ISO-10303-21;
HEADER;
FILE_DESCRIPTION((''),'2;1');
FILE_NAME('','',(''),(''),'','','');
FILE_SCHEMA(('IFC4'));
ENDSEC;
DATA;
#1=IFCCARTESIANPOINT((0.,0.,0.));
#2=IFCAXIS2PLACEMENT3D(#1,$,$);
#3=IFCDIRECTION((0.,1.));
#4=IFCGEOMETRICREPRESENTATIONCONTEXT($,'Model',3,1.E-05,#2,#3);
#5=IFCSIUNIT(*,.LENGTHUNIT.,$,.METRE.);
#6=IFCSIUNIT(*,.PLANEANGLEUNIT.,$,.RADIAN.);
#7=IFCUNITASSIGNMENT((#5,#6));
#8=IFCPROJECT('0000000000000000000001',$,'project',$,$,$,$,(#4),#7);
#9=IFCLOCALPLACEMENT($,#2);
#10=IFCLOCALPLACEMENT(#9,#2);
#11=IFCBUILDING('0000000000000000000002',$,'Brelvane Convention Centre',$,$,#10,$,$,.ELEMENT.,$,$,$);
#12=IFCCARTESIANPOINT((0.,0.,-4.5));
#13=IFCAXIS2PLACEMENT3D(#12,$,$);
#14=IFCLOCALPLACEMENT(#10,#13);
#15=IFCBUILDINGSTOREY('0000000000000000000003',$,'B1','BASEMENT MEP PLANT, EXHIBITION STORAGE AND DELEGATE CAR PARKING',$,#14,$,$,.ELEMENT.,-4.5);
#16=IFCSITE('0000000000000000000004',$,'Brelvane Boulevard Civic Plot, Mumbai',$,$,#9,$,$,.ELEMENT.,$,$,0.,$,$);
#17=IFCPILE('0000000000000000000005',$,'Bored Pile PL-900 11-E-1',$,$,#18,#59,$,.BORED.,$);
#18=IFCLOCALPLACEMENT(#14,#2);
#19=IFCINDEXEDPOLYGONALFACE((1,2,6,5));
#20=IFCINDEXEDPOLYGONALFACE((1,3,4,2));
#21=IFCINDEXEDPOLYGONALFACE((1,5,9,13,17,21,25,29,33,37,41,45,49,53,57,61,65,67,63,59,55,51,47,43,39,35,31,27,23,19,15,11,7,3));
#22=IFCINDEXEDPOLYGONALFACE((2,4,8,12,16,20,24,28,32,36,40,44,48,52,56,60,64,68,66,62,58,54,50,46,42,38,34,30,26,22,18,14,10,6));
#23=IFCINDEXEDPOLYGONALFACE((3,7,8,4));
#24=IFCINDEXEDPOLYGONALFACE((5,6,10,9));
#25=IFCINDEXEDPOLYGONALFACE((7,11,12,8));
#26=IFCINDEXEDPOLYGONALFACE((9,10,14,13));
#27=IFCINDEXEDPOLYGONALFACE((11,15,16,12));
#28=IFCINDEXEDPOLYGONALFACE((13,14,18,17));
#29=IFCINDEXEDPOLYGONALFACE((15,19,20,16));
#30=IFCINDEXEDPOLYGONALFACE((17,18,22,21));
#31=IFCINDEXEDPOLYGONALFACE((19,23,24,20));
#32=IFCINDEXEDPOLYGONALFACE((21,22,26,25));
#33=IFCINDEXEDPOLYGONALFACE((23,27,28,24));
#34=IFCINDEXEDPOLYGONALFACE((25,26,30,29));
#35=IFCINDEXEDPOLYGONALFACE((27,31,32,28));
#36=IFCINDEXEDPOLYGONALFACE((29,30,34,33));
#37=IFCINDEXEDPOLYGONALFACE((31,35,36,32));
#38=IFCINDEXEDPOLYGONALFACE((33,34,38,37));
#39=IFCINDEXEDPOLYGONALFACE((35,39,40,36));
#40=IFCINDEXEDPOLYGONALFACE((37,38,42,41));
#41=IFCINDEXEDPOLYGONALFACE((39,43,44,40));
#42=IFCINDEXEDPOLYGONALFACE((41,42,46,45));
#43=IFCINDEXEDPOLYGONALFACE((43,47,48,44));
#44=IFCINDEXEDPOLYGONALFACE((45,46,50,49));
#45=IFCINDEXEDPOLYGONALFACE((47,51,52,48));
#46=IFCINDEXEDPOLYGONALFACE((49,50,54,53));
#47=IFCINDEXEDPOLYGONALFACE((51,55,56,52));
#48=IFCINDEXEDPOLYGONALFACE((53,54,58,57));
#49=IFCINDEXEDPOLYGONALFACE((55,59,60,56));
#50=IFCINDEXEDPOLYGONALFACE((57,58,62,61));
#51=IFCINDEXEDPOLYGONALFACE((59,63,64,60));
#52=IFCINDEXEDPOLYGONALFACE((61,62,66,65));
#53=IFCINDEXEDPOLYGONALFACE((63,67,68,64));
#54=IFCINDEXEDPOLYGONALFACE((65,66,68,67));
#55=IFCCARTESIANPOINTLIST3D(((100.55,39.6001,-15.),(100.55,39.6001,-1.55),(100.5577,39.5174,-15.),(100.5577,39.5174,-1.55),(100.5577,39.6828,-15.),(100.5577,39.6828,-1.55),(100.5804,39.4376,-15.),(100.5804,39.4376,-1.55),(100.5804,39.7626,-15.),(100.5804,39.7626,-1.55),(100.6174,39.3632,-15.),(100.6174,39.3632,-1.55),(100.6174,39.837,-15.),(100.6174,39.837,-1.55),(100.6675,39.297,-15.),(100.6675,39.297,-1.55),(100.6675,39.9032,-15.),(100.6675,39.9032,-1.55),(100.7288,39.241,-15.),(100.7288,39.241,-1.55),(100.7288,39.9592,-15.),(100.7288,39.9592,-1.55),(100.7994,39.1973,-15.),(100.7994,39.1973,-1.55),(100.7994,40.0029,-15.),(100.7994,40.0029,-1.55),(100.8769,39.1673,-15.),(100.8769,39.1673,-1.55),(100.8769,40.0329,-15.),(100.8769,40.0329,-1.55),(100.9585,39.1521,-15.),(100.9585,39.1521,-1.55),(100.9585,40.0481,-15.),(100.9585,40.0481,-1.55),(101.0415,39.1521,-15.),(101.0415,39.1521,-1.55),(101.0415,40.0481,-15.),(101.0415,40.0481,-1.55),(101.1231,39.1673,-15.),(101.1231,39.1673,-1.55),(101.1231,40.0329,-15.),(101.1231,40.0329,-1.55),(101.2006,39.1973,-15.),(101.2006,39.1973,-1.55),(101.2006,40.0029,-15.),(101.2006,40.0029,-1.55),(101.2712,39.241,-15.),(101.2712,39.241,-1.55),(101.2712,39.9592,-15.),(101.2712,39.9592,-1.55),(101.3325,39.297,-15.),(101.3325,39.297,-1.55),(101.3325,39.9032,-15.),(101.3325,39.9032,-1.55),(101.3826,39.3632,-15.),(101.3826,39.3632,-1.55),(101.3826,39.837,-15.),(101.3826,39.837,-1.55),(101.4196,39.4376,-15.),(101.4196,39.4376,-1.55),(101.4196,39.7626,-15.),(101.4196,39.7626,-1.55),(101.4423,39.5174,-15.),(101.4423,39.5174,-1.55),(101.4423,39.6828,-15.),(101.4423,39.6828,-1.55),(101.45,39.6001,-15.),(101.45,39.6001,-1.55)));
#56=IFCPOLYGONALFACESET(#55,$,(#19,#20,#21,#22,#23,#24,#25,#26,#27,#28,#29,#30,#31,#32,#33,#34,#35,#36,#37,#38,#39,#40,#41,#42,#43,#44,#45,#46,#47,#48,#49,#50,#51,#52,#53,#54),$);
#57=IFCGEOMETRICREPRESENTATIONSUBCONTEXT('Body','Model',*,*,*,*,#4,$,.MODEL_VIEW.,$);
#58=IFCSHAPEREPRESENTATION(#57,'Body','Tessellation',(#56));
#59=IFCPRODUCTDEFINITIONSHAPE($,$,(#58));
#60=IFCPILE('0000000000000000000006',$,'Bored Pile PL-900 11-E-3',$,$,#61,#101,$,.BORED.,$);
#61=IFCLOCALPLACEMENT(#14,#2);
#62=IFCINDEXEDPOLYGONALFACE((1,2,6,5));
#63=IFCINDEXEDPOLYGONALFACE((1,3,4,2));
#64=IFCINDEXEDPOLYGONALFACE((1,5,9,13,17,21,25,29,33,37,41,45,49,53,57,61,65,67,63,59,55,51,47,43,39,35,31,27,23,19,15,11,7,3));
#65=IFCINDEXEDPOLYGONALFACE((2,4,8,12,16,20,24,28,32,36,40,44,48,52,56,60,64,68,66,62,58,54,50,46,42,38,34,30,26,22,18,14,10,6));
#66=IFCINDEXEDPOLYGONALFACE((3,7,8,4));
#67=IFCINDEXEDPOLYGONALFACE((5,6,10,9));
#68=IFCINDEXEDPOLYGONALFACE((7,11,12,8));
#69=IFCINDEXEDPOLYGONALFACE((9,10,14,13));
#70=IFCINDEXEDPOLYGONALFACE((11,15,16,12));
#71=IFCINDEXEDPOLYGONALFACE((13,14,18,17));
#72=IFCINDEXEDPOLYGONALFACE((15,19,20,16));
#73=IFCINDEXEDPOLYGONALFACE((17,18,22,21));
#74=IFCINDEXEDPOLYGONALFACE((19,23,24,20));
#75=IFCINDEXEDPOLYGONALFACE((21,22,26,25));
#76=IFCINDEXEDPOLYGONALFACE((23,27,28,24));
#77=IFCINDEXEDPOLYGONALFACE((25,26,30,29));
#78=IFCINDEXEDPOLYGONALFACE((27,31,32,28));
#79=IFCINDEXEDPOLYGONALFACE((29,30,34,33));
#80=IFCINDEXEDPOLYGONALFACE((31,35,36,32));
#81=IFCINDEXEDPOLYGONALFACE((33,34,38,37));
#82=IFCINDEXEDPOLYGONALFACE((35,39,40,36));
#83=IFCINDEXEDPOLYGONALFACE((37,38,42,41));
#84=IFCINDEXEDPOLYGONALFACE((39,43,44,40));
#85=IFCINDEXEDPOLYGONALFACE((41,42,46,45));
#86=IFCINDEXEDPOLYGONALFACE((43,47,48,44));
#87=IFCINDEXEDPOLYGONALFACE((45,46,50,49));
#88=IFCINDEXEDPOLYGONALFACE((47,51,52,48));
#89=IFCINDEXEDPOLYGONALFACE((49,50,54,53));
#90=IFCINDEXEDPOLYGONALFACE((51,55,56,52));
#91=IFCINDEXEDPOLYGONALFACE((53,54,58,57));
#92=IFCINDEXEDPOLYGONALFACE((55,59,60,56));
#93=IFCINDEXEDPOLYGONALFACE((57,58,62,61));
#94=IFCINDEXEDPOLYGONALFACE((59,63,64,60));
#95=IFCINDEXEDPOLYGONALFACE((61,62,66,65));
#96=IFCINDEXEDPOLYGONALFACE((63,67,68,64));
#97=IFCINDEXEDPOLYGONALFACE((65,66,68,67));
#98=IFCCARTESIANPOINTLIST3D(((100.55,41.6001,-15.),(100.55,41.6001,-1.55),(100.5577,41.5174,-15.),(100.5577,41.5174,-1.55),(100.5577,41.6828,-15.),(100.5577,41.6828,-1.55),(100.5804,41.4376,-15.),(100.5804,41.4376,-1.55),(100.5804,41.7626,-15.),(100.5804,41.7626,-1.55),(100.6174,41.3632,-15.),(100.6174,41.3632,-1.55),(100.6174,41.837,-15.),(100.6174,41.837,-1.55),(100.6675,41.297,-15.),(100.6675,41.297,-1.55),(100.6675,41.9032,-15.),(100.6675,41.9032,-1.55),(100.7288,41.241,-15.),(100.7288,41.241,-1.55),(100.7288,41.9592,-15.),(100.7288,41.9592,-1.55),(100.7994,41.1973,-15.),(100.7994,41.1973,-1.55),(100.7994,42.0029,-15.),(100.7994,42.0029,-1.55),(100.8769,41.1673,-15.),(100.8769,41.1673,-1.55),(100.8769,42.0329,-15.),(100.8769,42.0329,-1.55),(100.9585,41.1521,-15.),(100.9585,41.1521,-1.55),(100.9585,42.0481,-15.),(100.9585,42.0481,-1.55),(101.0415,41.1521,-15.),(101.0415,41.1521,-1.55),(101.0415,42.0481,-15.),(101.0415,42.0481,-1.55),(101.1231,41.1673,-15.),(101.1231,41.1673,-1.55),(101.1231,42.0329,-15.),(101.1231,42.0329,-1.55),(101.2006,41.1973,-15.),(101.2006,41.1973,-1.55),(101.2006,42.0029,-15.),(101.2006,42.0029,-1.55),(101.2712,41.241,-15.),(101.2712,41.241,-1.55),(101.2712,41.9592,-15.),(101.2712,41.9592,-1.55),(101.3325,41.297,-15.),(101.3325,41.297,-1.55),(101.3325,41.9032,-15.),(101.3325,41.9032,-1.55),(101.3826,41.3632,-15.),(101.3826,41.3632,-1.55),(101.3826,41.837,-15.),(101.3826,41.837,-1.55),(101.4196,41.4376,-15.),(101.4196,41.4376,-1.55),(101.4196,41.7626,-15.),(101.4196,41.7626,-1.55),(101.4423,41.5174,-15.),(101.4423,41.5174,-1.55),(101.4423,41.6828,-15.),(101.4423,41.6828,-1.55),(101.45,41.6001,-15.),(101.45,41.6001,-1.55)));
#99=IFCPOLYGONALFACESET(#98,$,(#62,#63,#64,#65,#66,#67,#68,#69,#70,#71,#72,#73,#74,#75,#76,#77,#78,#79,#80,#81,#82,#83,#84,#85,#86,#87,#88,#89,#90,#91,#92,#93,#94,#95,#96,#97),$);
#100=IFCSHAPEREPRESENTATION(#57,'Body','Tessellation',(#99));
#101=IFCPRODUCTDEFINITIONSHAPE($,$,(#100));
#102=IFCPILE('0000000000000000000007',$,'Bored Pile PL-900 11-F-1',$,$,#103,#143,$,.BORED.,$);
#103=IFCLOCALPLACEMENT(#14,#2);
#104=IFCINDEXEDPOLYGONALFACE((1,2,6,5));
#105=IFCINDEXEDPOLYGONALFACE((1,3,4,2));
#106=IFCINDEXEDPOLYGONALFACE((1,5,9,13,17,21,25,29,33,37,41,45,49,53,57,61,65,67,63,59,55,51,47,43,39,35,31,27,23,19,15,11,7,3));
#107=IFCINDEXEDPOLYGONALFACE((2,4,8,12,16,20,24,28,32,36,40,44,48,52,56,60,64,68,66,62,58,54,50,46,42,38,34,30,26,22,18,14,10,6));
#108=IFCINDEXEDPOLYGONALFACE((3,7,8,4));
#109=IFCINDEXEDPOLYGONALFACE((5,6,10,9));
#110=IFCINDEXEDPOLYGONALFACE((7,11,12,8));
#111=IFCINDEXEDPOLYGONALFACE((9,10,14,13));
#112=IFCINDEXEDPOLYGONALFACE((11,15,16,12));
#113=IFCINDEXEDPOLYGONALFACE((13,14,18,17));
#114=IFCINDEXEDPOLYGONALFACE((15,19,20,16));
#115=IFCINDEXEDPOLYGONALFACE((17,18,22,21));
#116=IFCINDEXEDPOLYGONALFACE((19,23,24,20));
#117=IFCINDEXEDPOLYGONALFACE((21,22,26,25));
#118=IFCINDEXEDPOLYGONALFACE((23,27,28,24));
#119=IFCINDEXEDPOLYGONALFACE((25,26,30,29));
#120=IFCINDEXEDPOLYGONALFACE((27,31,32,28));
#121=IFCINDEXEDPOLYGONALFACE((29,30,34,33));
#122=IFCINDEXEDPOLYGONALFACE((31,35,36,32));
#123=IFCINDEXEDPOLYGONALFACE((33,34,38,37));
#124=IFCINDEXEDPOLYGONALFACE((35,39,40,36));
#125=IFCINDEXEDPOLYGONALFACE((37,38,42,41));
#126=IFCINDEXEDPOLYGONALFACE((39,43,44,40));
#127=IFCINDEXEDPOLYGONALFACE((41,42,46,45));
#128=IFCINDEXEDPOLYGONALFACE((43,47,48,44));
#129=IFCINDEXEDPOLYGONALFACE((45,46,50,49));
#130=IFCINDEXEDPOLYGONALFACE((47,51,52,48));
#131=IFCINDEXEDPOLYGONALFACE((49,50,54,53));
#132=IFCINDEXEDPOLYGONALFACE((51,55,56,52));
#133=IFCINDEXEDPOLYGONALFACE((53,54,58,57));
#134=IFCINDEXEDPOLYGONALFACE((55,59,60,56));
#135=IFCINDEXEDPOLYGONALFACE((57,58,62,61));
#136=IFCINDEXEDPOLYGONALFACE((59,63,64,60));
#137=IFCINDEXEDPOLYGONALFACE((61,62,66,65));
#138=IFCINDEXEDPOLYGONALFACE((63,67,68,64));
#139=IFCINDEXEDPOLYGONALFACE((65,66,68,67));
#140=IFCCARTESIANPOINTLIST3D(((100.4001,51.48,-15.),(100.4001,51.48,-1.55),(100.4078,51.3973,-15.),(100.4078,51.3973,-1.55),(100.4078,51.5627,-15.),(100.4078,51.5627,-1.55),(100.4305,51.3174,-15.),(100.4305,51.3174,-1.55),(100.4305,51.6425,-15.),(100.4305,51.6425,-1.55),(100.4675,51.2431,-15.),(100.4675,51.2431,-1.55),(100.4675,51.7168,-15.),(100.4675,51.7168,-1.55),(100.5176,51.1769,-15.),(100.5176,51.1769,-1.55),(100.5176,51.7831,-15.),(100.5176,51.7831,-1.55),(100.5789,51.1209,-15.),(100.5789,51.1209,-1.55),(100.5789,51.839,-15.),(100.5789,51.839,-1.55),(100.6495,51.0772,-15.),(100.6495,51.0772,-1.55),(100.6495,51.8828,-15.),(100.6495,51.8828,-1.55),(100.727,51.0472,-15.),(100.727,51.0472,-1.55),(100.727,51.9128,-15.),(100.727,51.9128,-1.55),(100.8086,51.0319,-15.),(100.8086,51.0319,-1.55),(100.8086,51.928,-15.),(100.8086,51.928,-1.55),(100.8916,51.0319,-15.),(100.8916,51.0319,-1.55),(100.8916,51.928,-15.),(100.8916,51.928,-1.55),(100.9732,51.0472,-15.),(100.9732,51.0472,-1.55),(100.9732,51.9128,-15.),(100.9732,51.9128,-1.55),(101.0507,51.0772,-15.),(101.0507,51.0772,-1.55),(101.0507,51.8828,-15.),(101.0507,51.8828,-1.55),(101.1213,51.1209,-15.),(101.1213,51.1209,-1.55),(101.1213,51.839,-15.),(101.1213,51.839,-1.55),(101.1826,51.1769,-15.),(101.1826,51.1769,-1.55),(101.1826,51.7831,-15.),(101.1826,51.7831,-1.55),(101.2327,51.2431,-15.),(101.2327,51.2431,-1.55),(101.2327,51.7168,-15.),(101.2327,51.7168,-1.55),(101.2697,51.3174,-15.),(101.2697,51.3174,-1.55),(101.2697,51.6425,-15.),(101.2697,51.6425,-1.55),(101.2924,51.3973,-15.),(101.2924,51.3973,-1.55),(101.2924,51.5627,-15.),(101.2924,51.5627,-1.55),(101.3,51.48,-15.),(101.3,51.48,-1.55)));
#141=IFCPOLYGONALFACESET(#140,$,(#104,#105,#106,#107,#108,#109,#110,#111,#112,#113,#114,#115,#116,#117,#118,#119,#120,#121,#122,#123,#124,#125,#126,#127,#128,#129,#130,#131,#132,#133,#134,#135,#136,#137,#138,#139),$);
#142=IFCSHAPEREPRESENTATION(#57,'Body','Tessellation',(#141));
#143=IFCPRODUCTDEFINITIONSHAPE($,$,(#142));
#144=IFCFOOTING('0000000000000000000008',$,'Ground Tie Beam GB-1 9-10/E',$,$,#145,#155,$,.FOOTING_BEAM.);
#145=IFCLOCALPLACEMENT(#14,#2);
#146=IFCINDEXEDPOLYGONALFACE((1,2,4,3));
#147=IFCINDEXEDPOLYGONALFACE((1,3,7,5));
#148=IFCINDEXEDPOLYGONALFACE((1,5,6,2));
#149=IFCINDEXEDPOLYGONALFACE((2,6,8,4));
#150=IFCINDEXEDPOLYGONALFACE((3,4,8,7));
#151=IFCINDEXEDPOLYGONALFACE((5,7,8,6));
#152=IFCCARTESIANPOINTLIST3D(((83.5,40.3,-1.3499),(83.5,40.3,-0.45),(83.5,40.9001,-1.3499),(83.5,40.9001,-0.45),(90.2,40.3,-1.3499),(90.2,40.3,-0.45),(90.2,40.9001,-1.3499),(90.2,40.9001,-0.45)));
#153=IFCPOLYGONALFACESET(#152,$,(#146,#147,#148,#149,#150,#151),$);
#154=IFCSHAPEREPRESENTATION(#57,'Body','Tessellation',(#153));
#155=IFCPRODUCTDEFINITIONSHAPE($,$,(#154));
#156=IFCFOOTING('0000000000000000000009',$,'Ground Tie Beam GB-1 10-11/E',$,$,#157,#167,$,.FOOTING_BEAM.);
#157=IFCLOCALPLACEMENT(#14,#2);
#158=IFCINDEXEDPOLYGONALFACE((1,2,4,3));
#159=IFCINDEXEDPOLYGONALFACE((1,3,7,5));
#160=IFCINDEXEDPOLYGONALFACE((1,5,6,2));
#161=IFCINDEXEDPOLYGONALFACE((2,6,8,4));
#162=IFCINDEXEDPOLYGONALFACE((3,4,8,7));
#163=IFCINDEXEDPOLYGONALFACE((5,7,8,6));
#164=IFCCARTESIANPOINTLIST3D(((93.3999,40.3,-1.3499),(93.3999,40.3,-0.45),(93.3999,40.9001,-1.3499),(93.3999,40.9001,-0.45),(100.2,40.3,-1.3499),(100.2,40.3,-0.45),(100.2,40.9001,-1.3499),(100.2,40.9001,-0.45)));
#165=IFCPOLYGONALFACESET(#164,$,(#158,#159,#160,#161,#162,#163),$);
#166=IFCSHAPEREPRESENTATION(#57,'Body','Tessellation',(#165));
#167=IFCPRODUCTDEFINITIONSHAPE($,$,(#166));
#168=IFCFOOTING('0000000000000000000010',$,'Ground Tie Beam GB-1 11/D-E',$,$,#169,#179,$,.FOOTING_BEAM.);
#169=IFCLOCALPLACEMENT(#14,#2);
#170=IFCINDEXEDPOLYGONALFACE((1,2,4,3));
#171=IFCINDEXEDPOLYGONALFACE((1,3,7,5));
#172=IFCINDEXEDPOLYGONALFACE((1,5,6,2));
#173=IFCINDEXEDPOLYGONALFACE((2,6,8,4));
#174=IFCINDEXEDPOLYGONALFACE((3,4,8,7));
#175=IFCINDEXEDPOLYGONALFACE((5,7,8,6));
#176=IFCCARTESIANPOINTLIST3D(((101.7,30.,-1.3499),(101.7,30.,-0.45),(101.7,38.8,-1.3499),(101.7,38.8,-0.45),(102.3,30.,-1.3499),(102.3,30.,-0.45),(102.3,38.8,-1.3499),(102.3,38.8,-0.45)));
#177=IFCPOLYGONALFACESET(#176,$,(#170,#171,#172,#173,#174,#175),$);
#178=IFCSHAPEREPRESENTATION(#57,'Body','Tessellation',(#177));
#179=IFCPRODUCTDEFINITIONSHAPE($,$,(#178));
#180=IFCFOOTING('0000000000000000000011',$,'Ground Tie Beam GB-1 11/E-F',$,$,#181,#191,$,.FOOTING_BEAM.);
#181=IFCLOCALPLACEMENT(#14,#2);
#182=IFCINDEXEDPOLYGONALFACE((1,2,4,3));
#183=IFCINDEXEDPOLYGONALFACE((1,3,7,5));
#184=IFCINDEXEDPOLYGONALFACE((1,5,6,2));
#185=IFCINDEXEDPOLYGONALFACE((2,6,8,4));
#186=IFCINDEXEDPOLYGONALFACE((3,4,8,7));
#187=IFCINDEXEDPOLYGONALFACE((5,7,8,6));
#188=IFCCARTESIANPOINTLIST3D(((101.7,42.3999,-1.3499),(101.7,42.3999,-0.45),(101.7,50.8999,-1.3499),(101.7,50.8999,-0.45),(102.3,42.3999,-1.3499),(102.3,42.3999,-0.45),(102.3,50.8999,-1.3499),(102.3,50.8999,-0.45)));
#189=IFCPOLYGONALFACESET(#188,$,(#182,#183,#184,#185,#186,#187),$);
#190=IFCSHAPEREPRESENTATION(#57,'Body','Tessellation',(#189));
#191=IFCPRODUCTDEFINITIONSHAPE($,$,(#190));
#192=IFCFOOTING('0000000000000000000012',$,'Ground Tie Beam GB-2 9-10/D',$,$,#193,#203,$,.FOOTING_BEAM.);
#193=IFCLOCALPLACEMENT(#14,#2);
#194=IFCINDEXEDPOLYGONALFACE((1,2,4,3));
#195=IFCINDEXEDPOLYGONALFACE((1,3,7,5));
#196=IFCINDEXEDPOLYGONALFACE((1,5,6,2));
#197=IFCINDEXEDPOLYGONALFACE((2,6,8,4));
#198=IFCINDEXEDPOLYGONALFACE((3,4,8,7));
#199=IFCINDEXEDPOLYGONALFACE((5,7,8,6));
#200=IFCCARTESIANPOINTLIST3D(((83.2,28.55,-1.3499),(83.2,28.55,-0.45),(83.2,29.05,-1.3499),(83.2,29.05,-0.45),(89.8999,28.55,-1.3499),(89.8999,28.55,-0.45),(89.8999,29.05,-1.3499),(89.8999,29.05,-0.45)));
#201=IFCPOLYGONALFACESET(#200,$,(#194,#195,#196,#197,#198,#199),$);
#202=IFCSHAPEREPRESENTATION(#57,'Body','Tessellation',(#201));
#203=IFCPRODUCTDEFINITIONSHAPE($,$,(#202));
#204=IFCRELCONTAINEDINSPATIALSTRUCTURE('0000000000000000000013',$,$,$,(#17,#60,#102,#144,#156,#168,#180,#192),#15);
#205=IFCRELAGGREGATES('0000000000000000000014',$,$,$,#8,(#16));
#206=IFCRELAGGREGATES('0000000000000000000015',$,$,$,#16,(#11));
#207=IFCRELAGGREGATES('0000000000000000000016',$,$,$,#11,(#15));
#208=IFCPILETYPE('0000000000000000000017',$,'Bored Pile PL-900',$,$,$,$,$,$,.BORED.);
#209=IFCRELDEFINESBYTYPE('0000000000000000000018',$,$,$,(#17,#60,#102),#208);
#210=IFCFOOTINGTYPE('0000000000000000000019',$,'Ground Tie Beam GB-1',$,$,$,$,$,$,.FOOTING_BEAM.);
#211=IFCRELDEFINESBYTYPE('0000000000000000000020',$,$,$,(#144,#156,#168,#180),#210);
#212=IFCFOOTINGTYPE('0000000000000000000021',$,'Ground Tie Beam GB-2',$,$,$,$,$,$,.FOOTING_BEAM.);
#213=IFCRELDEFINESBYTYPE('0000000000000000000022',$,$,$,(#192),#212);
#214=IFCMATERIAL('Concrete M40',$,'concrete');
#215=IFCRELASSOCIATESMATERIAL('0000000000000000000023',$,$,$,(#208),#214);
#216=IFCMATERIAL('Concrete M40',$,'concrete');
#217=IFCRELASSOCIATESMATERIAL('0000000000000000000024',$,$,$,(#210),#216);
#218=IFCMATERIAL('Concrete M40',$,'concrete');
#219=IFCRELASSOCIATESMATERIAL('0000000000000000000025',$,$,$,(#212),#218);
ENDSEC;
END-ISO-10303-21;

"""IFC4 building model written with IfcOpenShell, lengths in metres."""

from ifc_helpers import new_model, si_unit, direction, frame, origin, origin_2d, place, context, subcontext, project, spatial, rectangle, circle, extrude, material, material_profile, profile_set, type_object, element, save


model = new_model("IFC4")

# Units and contexts
model_context = context("Model", 3, precision=1e-05, world=origin(), true_north=direction((0.0, 1.0)))
body_context = subcontext(model_context, "Body", "Model", "MODEL_VIEW")
ifc_project = project(units=[si_unit("LENGTHUNIT", "METRE"), si_unit("PLANEANGLEUNIT", "RADIAN")], contexts=[model_context])

# Site, building, storey
site_placement = place(None, origin())
site = spatial("IfcSite", under=ifc_project, at=site_placement, Name="Brelvane Boulevard Civic Plot, Mumbai", CompositionType="ELEMENT", RefElevation=0.0)
building_placement = place(site_placement, origin())
building = spatial("IfcBuilding", under=site, at=building_placement, Name="Brelvane Convention Centre", CompositionType="ELEMENT")
storey_placement = place(building_placement, frame((0.0, 0.0, -4.5)))
storey = spatial("IfcBuildingStorey", under=building, at=storey_placement, Name="B1", Description="BASEMENT MEP PLANT, EXHIBITION STORAGE AND DELEGATE CAR PARKING", CompositionType="ELEMENT", Elevation=-4.5)

# Piles
ifc_material_1 = material(Name="Concrete M40", Category="concrete")
ifc_material_profile_1 = material_profile(ifc_material_1, circle(Radius=0.45, at=origin_2d()), Name="PILE D900")
ifc_profile_set_1 = profile_set([ifc_material_profile_1], Name="Concrete M40")
pile_type = type_object("IfcPileType", Name="Bored Pile PL-900", PredefinedType="BORED", material=ifc_profile_set_1)
for number, where, z_axis, x_axis, name in (
    (1, (101.0, 39.6001, -1.55), (0.0, 0.0, -1.0), (1.0, 0.0, 0.0), "Bored Pile PL-900 11-E-1"),
    (2, (101.0, 41.6001, -1.55), (0.0, 0.0, -1.0), (1.0, 0.0, 0.0), "Bored Pile PL-900 11-E-3"),
    (3, (100.8501, 51.48, -1.55), (0.0, 0.0, -1.0), (1.0, 0.0, 0.0), "Bored Pile PL-900 11-F-1"),
):
    element("IfcPile", number, at=place(storey_placement, frame(where, z_axis=z_axis, x_axis=x_axis)), inside=storey, type_object=pile_type, Name=name, PredefinedType="BORED", context=body_context, shape_type="SweptSolid", body=[
        extrude(circle(Radius=0.45, at=origin_2d()), origin(), (0.0, 0.0, 1.0), 13.45),
    ])

# Footings
ifc_material_2 = material(Name="Concrete M40", Category="concrete")
ifc_material_profile_2 = material_profile(ifc_material_2, rectangle(XDim=0.6001, YDim=0.8999, at=origin_2d()), Name="RC 600x900")
ifc_profile_set_2 = profile_set([ifc_material_profile_2], Name="Concrete M40")
footing_type_1 = type_object("IfcFootingType", Name="Ground Tie Beam GB-1", PredefinedType="FOOTING_BEAM", material=ifc_profile_set_2)
footing_1_placement = place(storey_placement, frame((83.5, 40.6001, -0.8999), z_axis=(1.0, 0.0, 0.0), x_axis=(0.0, 1.0, 0.0)))
element("IfcFooting", 4, at=footing_1_placement, inside=storey, type_object=footing_type_1, Name="Ground Tie Beam GB-1 9-10/E", PredefinedType="FOOTING_BEAM", context=body_context, shape_type="SweptSolid", body=[
    extrude(rectangle(XDim=0.6001, YDim=0.8999, at=origin_2d()), origin(), (0.0, 0.0, 1.0), 6.7),
])
footing_2_placement = place(storey_placement, frame((93.3999, 40.6001, -0.8999), z_axis=(1.0, 0.0, 0.0), x_axis=(0.0, 1.0, 0.0)))
element("IfcFooting", 5, at=footing_2_placement, inside=storey, type_object=footing_type_1, Name="Ground Tie Beam GB-1 10-11/E", PredefinedType="FOOTING_BEAM", context=body_context, shape_type="SweptSolid", body=[
    extrude(rectangle(XDim=0.6001, YDim=0.8999, at=origin_2d()), origin(), (0.0, 0.0, 1.0), 6.8),
])
footing_3_placement = place(storey_placement, frame((102.0, 30.0, -0.8999), z_axis=(0.0, 1.0, 0.0), x_axis=(-1.0, 0.0, 0.0)))
element("IfcFooting", 6, at=footing_3_placement, inside=storey, type_object=footing_type_1, Name="Ground Tie Beam GB-1 11/D-E", PredefinedType="FOOTING_BEAM", context=body_context, shape_type="SweptSolid", body=[
    extrude(rectangle(XDim=0.6001, YDim=0.8999, at=origin_2d()), origin(), (0.0, 0.0, 1.0), 8.8),
])
footing_4_placement = place(storey_placement, frame((102.0, 42.3999, -0.8999), z_axis=(0.0, 1.0, 0.0), x_axis=(-1.0, 0.0, 0.0)))
element("IfcFooting", 7, at=footing_4_placement, inside=storey, type_object=footing_type_1, Name="Ground Tie Beam GB-1 11/E-F", PredefinedType="FOOTING_BEAM", context=body_context, shape_type="SweptSolid", body=[
    extrude(rectangle(XDim=0.6001, YDim=0.8999, at=origin_2d()), origin(), (0.0, 0.0, 1.0), 8.5),
])
ifc_material_3 = material(Name="Concrete M40", Category="concrete")
ifc_material_profile_3 = material_profile(ifc_material_3, rectangle(XDim=0.5, YDim=0.8999, at=origin_2d()), Name="RC 500x900")
ifc_profile_set_3 = profile_set([ifc_material_profile_3], Name="Concrete M40")
footing_type_2 = type_object("IfcFootingType", Name="Ground Tie Beam GB-2", PredefinedType="FOOTING_BEAM", material=ifc_profile_set_3)
for number, where, z_axis, x_axis, name in (
    (8, (83.2, 28.8, -0.8999), (1.0, 0.0, 0.0), (0.0, 1.0, 0.0), "Ground Tie Beam GB-2 9-10/D"),
):
    element("IfcFooting", number, at=place(storey_placement, frame(where, z_axis=z_axis, x_axis=x_axis)), inside=storey, type_object=footing_type_2, Name=name, PredefinedType="FOOTING_BEAM", context=body_context, shape_type="SweptSolid", body=[
        extrude(rectangle(XDim=0.5, YDim=0.8999, at=origin_2d()), origin(), (0.0, 0.0, 1.0), 6.7),
    ])

save(model, "model.ifc")
